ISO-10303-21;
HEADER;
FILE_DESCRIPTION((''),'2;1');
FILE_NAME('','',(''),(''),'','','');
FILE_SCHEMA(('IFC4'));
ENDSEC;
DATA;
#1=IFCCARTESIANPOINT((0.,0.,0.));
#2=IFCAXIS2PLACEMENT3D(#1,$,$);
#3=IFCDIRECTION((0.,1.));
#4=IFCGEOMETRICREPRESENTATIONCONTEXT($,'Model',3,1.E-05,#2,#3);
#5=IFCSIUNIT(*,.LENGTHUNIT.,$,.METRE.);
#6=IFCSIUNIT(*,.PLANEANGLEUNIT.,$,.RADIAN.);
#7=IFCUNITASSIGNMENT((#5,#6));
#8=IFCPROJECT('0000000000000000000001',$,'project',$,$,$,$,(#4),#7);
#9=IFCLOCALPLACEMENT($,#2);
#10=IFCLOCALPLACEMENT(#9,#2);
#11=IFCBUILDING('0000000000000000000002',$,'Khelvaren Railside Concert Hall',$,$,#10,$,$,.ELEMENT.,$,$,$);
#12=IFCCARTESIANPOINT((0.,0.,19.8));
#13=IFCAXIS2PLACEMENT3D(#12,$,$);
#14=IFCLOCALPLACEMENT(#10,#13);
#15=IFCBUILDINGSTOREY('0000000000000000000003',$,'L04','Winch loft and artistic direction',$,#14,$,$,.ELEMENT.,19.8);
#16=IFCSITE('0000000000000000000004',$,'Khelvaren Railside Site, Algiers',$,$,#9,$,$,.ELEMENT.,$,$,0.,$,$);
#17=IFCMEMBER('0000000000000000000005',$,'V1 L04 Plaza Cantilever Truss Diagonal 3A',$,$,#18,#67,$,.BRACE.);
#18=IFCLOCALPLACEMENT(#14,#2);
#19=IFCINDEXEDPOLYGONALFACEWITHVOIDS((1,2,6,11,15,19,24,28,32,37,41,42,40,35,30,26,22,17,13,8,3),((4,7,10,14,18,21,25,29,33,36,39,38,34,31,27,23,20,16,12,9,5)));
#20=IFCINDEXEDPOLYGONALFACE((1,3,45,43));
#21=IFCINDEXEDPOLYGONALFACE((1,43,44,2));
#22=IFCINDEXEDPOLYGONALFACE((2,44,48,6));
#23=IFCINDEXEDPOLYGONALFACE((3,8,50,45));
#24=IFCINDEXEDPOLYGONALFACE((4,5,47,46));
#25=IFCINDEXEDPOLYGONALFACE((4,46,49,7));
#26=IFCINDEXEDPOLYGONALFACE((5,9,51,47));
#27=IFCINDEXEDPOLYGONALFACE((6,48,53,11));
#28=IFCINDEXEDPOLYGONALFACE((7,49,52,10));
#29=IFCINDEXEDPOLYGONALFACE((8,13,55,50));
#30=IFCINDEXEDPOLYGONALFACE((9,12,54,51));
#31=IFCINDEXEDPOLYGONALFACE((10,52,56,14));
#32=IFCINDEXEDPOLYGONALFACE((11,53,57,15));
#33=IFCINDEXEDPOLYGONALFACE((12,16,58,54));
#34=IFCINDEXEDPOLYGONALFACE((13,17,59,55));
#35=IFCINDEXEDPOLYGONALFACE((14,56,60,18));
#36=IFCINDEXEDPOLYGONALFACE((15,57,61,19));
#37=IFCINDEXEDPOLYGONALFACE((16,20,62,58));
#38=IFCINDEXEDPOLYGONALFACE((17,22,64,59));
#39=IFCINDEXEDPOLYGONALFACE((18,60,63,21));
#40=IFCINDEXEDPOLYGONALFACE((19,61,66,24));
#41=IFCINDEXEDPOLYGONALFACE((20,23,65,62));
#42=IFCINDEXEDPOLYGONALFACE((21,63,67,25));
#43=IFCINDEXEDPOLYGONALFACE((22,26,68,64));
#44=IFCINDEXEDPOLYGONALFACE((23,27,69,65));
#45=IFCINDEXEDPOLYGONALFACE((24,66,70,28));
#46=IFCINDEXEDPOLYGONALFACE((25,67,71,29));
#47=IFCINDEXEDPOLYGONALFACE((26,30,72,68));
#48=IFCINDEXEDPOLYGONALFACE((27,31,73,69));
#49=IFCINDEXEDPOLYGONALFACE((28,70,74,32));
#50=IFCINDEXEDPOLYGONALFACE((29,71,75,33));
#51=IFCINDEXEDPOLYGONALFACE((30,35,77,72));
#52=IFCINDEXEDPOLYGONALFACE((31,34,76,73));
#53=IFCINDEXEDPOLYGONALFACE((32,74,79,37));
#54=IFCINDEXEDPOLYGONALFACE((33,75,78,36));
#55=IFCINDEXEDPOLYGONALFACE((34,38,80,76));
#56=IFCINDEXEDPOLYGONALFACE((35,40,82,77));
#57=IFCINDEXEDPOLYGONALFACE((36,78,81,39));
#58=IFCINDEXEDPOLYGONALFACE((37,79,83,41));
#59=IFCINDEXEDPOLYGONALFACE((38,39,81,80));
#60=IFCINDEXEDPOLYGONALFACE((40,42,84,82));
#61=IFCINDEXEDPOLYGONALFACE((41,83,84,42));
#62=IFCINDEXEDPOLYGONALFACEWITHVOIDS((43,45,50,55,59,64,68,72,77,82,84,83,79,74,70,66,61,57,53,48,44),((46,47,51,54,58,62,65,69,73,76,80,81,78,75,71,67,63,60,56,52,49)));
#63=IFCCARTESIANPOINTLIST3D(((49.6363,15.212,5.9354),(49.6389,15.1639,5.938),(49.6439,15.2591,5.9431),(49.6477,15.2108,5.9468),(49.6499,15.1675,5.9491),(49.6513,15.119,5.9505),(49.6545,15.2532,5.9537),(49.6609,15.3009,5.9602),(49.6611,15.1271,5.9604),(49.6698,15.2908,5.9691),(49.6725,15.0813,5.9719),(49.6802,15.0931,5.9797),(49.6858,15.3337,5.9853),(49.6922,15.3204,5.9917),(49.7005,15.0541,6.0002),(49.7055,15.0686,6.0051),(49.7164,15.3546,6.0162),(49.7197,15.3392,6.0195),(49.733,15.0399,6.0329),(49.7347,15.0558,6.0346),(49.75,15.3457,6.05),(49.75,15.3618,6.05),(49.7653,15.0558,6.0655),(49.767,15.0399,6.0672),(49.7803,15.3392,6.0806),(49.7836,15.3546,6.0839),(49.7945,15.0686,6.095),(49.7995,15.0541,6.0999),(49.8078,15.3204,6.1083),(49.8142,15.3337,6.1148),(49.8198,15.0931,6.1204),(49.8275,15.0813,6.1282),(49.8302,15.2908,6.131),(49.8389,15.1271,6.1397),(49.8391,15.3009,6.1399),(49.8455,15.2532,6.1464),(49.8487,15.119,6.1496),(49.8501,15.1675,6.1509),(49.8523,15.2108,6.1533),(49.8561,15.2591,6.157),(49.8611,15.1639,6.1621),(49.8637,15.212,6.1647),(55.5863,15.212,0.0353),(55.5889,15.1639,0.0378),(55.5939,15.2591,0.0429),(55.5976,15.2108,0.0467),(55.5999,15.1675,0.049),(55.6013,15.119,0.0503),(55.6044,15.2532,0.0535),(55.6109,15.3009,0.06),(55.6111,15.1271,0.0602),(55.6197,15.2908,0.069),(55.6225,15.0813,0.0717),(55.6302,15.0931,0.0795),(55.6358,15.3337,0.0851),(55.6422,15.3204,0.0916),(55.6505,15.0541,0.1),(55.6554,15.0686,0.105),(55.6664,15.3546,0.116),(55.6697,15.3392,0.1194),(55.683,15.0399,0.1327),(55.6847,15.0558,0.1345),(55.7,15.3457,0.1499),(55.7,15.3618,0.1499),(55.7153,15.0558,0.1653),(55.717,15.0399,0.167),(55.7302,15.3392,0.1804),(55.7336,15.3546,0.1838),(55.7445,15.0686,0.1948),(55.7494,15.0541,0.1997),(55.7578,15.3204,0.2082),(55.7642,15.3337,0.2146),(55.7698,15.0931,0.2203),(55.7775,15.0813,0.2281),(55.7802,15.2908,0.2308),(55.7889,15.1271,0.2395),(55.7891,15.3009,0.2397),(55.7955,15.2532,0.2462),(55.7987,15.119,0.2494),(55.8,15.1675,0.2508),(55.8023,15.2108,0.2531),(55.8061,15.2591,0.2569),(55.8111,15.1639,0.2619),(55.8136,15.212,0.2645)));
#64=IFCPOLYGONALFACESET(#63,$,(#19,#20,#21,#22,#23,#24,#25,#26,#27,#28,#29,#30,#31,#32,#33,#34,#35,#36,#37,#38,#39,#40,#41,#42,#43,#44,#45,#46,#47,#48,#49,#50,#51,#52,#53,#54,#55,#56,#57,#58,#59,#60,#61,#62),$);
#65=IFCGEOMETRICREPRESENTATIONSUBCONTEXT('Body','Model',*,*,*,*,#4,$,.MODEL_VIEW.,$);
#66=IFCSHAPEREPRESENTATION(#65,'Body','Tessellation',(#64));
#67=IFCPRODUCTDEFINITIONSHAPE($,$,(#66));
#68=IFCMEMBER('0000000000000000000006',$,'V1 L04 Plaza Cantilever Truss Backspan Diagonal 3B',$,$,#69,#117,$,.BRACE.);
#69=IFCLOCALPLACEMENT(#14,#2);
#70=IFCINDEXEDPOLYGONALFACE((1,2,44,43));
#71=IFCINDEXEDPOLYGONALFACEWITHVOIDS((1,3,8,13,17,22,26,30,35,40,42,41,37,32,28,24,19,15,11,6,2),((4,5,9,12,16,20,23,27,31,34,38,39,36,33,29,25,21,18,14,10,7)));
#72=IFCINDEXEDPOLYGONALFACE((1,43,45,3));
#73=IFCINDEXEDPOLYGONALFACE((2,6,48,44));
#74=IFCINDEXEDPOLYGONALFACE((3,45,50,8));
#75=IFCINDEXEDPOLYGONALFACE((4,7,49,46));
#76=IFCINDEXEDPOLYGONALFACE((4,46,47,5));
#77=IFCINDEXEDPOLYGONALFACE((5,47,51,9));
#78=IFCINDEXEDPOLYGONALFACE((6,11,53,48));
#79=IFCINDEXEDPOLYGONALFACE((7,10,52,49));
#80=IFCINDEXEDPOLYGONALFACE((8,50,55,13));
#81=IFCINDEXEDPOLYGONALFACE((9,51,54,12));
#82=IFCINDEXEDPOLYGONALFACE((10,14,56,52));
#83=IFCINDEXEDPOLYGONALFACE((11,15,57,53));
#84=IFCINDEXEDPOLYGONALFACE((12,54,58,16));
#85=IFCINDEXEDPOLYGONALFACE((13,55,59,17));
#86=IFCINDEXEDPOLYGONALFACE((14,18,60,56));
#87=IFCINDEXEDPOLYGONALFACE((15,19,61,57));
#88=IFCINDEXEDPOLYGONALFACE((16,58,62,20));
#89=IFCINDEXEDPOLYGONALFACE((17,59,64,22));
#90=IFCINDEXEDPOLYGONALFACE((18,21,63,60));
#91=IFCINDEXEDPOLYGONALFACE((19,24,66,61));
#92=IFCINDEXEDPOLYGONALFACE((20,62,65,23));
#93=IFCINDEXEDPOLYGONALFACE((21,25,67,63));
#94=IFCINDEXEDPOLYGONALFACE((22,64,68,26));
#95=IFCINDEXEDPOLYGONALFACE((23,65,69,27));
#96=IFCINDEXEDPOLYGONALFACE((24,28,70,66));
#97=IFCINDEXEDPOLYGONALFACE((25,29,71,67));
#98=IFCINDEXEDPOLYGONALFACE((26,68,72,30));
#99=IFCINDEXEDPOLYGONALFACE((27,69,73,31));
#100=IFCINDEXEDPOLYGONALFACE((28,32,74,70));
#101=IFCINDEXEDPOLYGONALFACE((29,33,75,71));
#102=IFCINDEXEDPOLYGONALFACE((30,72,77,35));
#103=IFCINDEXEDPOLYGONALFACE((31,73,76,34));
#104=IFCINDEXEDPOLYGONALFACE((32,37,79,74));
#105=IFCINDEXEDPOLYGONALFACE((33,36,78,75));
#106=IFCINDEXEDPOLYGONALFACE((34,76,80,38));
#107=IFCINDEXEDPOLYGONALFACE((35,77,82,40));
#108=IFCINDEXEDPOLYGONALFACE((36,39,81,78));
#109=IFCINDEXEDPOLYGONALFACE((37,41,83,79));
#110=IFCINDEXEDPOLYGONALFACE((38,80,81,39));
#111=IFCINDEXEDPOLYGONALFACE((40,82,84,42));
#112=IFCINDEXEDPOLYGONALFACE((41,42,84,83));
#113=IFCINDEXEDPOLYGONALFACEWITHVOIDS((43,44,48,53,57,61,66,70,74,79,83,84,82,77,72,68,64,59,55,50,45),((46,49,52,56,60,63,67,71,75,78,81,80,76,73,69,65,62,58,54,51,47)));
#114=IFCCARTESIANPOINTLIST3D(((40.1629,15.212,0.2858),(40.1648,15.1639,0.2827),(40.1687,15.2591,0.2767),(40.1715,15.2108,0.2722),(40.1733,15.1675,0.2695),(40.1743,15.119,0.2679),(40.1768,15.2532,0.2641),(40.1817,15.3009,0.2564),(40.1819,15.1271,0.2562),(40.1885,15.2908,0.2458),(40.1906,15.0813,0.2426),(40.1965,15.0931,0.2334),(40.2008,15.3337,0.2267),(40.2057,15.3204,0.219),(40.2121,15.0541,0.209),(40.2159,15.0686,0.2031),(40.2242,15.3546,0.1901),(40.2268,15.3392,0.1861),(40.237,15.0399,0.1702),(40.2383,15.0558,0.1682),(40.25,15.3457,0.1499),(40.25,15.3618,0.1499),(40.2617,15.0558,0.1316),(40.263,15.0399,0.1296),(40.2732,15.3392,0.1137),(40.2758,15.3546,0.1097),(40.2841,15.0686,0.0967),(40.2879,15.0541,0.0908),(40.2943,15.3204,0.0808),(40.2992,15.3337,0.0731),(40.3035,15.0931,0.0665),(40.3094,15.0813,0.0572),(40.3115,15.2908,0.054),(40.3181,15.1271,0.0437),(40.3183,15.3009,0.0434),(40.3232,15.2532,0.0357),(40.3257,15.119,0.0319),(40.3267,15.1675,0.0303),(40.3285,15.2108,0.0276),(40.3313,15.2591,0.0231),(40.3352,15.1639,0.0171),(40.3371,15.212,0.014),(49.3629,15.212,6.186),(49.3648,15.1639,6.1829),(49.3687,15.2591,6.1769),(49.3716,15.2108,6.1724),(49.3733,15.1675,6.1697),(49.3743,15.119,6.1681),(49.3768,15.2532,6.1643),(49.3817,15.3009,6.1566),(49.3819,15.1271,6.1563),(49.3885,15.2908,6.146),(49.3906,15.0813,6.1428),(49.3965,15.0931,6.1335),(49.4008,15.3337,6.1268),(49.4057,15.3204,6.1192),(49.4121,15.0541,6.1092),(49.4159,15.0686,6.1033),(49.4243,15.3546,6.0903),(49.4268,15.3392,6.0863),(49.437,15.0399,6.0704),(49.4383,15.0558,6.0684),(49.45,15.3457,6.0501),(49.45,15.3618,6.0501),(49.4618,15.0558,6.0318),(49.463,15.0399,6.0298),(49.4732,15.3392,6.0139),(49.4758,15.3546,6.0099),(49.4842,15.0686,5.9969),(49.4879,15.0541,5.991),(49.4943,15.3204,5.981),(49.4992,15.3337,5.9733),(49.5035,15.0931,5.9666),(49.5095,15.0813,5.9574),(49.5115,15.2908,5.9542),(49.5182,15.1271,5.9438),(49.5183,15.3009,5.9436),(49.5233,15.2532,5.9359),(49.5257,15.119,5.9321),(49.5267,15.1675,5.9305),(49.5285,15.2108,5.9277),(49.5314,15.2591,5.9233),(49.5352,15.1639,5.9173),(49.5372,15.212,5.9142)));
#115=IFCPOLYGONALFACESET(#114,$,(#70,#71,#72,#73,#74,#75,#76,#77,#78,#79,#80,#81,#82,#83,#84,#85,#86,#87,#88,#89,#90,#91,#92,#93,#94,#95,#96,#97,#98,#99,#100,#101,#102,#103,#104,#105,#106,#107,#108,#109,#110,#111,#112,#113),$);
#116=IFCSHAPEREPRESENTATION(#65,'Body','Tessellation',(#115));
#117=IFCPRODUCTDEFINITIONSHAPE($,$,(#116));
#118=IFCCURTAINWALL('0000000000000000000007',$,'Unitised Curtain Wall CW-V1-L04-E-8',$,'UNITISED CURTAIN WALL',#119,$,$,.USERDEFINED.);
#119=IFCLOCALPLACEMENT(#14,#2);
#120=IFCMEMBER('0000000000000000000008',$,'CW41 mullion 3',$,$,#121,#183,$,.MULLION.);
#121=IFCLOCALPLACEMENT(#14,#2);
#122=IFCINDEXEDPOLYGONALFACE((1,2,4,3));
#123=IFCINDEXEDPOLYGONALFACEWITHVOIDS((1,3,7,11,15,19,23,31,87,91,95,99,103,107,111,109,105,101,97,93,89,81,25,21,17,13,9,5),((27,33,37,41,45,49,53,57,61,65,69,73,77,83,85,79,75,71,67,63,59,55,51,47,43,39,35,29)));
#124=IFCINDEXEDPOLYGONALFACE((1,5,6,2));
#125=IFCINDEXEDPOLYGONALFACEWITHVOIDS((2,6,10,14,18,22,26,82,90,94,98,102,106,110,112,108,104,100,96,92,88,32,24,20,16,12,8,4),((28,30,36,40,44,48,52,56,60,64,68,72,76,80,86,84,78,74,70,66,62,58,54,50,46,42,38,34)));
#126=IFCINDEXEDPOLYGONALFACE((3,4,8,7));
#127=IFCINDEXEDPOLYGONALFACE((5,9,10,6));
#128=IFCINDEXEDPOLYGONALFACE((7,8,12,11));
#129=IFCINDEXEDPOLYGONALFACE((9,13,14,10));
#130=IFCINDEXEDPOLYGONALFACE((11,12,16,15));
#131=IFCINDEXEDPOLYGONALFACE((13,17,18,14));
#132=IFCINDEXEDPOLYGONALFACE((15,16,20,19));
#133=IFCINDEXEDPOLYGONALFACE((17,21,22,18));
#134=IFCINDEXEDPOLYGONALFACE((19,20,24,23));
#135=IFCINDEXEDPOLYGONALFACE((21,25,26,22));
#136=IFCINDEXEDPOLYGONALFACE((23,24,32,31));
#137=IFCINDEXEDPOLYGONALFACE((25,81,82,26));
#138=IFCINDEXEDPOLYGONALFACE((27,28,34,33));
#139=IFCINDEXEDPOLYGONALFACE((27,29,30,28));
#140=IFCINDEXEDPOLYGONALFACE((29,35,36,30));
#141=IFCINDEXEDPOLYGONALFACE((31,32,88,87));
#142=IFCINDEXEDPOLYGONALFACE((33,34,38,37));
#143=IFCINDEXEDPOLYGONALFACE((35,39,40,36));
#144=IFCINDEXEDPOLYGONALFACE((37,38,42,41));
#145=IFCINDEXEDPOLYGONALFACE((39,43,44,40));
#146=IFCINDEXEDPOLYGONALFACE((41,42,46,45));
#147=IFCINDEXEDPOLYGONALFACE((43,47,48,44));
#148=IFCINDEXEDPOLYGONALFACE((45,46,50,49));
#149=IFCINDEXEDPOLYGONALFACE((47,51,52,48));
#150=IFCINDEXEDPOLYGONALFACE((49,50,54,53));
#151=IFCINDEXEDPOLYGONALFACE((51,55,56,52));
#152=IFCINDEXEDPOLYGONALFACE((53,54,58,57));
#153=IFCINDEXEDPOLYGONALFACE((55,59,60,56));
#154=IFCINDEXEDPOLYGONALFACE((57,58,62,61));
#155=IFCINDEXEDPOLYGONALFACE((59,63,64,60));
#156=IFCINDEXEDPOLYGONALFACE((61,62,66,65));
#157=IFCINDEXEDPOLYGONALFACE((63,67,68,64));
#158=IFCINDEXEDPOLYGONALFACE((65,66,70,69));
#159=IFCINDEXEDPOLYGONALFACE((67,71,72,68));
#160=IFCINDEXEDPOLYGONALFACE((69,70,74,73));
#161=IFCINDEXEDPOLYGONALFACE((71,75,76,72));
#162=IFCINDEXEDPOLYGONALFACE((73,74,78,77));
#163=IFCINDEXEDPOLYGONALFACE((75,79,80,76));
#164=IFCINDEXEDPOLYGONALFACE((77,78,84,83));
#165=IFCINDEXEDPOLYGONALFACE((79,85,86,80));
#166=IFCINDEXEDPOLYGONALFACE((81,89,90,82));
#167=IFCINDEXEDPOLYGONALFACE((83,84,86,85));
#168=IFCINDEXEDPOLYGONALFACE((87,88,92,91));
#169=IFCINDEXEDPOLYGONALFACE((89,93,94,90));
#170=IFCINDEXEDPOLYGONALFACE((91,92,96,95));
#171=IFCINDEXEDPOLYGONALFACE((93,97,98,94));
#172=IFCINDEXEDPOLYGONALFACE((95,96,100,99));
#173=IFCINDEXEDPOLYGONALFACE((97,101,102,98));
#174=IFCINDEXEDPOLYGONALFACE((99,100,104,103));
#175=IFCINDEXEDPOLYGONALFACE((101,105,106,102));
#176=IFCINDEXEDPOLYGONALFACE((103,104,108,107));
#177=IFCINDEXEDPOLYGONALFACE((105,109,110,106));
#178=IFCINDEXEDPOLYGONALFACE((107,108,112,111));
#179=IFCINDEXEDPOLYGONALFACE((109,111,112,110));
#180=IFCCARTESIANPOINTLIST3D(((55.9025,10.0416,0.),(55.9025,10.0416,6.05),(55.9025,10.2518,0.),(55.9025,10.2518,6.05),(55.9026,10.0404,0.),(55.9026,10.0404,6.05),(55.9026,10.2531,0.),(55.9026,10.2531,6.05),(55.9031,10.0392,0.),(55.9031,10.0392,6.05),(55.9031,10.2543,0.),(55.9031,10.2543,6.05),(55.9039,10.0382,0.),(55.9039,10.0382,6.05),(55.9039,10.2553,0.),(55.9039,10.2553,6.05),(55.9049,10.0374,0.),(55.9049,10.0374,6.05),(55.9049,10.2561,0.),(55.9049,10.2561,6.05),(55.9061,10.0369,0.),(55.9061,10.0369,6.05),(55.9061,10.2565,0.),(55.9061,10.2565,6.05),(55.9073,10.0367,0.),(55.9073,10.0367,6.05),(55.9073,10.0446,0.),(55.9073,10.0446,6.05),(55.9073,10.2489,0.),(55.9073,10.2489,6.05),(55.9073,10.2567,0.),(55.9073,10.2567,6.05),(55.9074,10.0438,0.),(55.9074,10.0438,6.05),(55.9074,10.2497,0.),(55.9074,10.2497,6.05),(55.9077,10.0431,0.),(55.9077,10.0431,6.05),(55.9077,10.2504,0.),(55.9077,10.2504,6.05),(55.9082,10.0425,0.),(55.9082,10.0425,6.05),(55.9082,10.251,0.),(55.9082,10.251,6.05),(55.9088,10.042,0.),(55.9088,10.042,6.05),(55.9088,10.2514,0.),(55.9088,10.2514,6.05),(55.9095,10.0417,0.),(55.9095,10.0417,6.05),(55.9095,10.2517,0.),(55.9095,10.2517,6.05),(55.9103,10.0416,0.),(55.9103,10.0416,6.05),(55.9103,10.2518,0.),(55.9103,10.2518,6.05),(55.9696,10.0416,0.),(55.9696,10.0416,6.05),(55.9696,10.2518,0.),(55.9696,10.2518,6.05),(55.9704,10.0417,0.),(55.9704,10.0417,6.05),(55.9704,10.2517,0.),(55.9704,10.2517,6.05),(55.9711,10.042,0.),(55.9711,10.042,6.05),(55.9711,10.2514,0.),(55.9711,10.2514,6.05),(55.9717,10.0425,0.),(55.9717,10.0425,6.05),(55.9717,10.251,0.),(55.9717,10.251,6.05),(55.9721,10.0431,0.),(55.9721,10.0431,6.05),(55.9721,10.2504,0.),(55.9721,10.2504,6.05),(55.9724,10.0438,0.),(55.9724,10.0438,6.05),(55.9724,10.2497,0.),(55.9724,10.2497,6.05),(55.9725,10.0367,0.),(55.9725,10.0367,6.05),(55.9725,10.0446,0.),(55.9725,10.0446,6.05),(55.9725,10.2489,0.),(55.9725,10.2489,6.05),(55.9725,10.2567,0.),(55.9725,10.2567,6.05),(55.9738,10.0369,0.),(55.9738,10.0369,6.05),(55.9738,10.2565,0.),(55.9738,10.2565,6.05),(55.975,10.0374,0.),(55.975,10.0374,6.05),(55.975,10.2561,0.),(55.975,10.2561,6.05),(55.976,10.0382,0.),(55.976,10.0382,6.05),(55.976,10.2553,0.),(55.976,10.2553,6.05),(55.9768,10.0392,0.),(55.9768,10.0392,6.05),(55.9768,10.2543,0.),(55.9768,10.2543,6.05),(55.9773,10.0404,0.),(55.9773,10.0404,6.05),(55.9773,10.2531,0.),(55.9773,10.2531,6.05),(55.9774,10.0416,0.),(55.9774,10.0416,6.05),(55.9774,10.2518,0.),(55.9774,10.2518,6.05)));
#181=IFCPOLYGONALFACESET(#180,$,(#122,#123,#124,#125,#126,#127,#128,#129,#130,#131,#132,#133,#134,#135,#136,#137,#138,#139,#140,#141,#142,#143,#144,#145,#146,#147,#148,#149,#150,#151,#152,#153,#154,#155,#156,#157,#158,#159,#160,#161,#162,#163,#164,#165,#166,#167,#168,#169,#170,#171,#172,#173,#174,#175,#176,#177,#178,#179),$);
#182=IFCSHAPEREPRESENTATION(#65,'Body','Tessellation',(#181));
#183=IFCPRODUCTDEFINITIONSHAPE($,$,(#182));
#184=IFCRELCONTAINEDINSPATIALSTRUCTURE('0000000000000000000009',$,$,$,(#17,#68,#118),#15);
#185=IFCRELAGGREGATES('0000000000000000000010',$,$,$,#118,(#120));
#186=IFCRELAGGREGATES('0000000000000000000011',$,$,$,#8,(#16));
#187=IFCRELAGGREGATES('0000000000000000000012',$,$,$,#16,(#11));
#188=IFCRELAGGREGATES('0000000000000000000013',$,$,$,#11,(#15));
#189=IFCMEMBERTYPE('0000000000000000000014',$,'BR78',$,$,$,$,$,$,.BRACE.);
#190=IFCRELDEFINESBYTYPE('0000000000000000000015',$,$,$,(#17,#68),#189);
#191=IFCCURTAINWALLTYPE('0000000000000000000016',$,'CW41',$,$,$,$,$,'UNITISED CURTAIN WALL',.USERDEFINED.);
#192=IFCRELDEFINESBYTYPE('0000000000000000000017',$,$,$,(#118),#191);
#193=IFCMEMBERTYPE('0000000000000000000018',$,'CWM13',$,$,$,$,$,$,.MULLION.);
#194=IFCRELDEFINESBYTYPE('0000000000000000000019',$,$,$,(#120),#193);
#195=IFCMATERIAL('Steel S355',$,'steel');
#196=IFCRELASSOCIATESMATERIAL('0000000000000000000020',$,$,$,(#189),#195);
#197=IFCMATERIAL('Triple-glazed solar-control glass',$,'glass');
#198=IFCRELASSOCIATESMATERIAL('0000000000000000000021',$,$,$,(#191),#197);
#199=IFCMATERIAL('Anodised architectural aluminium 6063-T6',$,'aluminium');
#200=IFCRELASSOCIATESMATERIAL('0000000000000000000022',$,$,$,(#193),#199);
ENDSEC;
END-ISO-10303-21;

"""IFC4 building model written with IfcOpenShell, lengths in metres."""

from ifc_helpers import new_model, si_unit, direction, frame, origin, origin_2d, place, context, subcontext, project, spatial, hollow_rectangle, hollow_circle, extrude, material, material_profile, profile_set, type_object, element, aggregate, save


model = new_model("IFC4")

# Units and contexts
model_context = context("Model", 3, precision=1e-05, world=origin(), true_north=direction((0.0, 1.0)))
body_context = subcontext(model_context, "Body", "Model", "MODEL_VIEW")
ifc_project = project(units=[si_unit("LENGTHUNIT", "METRE"), si_unit("PLANEANGLEUNIT", "RADIAN")], contexts=[model_context])

# Site, building, storey
site_placement = place(None, origin())
site = spatial("IfcSite", under=ifc_project, at=site_placement, Name="Khelvaren Railside Site, Algiers", CompositionType="ELEMENT", RefElevation=0.0)
building_placement = place(site_placement, origin())
building = spatial("IfcBuilding", under=site, at=building_placement, Name="Khelvaren Railside Concert Hall", CompositionType="ELEMENT")
storey_placement = place(building_placement, frame((0.0, 0.0, 19.8)))
storey = spatial("IfcBuildingStorey", under=building, at=storey_placement, Name="L04", Description="Winch loft and artistic direction", CompositionType="ELEMENT", Elevation=19.8)

# Shared definitions
ifc_material_1 = material(Name="Steel S355", Category="steel")

# Members
ifc_material_profile_1 = material_profile(ifc_material_1, hollow_circle(Radius=0.1619, WallThickness=0.0161, at=origin_2d()), Name="CHS 323.9x16")
ifc_profile_set_1 = profile_set([ifc_material_profile_1], Name="Steel S355")
member_type_1 = type_object("IfcMemberType", Name="BR78", PredefinedType="BRACE", material=ifc_profile_set_1)
member_1_placement = place(storey_placement, frame((49.75, 15.2, 6.05), z_axis=(0.710072, 0.0, -0.704129), x_axis=(0.0, 1.0, 0.0)))
element("IfcMember", 1, at=member_1_placement, inside=storey, type_object=member_type_1, Name="V1 L04 Plaza Cantilever Truss Diagonal 3A", PredefinedType="BRACE", context=body_context, shape_type="SweptSolid", body=[
    extrude(hollow_circle(Radius=0.1619, WallThickness=0.0161, at=origin_2d()), origin(), (0.0, 0.0, 1.0), 8.3794),
])
member_2_placement = place(storey_placement, frame((40.25, 15.2, 0.1499), z_axis=(0.841765, 0.0, 0.539844), x_axis=(0.0, 1.0, 0.0)))
element("IfcMember", 2, at=member_2_placement, inside=storey, type_object=member_type_1, Name="V1 L04 Plaza Cantilever Truss Backspan Diagonal 3B", PredefinedType="BRACE", context=body_context, shape_type="SweptSolid", body=[
    extrude(hollow_circle(Radius=0.1619, WallThickness=0.0161, at=origin_2d()), origin(), (0.0, 0.0, 1.0), 10.9294),
])

# Curtain wall, member
ifc_material_2 = material(Name="Triple-glazed solar-control glass", Category="glass")
curtain_wall_type = type_object("IfcCurtainWallType", Name="CW41", ElementType="UNITISED CURTAIN WALL", PredefinedType="USERDEFINED", material=ifc_material_2)
curtain_wall_placement = place(storey_placement, origin())
curtain_wall = element("IfcCurtainWall", 3, at=curtain_wall_placement, inside=storey, type_object=curtain_wall_type, Name="Unitised Curtain Wall CW-V1-L04-E-8", ObjectType="UNITISED CURTAIN WALL", PredefinedType="USERDEFINED")
ifc_material_3 = material(Name="Anodised architectural aluminium 6063-T6", Category="aluminium")
ifc_material_profile_2 = material_profile(ifc_material_3, hollow_rectangle(XDim=0.075, YDim=0.22, WallThickness=0.0049, InnerFilletRadius=0.0029, OuterFilletRadius=0.0049, at=origin_2d()), Name="CWM 75x220x5")
ifc_profile_set_2 = profile_set([ifc_material_profile_2], Name="Anodised architectural aluminium 6063-T6")
member_type_2 = type_object("IfcMemberType", Name="CWM13", PredefinedType="MULLION", material=ifc_profile_set_2)
member_3_placement = place(storey_placement, frame((55.9399, 10.1467, 0.0), z_axis=(0.0, 0.0, 1.0), x_axis=(1.0, 0.0, 0.0)))
member_3 = element("IfcMember", 4, at=member_3_placement, type_object=member_type_2, Name="CW41 mullion 3", PredefinedType="MULLION", context=body_context, shape_type="SweptSolid", body=[
    extrude(hollow_rectangle(XDim=0.075, YDim=0.22, WallThickness=0.0049, InnerFilletRadius=0.0029, OuterFilletRadius=0.0049, at=origin_2d()), origin(), (0.0, 0.0, 1.0), 6.05),
])

aggregate(curtain_wall, [member_3])

save(model, "model.ifc")
